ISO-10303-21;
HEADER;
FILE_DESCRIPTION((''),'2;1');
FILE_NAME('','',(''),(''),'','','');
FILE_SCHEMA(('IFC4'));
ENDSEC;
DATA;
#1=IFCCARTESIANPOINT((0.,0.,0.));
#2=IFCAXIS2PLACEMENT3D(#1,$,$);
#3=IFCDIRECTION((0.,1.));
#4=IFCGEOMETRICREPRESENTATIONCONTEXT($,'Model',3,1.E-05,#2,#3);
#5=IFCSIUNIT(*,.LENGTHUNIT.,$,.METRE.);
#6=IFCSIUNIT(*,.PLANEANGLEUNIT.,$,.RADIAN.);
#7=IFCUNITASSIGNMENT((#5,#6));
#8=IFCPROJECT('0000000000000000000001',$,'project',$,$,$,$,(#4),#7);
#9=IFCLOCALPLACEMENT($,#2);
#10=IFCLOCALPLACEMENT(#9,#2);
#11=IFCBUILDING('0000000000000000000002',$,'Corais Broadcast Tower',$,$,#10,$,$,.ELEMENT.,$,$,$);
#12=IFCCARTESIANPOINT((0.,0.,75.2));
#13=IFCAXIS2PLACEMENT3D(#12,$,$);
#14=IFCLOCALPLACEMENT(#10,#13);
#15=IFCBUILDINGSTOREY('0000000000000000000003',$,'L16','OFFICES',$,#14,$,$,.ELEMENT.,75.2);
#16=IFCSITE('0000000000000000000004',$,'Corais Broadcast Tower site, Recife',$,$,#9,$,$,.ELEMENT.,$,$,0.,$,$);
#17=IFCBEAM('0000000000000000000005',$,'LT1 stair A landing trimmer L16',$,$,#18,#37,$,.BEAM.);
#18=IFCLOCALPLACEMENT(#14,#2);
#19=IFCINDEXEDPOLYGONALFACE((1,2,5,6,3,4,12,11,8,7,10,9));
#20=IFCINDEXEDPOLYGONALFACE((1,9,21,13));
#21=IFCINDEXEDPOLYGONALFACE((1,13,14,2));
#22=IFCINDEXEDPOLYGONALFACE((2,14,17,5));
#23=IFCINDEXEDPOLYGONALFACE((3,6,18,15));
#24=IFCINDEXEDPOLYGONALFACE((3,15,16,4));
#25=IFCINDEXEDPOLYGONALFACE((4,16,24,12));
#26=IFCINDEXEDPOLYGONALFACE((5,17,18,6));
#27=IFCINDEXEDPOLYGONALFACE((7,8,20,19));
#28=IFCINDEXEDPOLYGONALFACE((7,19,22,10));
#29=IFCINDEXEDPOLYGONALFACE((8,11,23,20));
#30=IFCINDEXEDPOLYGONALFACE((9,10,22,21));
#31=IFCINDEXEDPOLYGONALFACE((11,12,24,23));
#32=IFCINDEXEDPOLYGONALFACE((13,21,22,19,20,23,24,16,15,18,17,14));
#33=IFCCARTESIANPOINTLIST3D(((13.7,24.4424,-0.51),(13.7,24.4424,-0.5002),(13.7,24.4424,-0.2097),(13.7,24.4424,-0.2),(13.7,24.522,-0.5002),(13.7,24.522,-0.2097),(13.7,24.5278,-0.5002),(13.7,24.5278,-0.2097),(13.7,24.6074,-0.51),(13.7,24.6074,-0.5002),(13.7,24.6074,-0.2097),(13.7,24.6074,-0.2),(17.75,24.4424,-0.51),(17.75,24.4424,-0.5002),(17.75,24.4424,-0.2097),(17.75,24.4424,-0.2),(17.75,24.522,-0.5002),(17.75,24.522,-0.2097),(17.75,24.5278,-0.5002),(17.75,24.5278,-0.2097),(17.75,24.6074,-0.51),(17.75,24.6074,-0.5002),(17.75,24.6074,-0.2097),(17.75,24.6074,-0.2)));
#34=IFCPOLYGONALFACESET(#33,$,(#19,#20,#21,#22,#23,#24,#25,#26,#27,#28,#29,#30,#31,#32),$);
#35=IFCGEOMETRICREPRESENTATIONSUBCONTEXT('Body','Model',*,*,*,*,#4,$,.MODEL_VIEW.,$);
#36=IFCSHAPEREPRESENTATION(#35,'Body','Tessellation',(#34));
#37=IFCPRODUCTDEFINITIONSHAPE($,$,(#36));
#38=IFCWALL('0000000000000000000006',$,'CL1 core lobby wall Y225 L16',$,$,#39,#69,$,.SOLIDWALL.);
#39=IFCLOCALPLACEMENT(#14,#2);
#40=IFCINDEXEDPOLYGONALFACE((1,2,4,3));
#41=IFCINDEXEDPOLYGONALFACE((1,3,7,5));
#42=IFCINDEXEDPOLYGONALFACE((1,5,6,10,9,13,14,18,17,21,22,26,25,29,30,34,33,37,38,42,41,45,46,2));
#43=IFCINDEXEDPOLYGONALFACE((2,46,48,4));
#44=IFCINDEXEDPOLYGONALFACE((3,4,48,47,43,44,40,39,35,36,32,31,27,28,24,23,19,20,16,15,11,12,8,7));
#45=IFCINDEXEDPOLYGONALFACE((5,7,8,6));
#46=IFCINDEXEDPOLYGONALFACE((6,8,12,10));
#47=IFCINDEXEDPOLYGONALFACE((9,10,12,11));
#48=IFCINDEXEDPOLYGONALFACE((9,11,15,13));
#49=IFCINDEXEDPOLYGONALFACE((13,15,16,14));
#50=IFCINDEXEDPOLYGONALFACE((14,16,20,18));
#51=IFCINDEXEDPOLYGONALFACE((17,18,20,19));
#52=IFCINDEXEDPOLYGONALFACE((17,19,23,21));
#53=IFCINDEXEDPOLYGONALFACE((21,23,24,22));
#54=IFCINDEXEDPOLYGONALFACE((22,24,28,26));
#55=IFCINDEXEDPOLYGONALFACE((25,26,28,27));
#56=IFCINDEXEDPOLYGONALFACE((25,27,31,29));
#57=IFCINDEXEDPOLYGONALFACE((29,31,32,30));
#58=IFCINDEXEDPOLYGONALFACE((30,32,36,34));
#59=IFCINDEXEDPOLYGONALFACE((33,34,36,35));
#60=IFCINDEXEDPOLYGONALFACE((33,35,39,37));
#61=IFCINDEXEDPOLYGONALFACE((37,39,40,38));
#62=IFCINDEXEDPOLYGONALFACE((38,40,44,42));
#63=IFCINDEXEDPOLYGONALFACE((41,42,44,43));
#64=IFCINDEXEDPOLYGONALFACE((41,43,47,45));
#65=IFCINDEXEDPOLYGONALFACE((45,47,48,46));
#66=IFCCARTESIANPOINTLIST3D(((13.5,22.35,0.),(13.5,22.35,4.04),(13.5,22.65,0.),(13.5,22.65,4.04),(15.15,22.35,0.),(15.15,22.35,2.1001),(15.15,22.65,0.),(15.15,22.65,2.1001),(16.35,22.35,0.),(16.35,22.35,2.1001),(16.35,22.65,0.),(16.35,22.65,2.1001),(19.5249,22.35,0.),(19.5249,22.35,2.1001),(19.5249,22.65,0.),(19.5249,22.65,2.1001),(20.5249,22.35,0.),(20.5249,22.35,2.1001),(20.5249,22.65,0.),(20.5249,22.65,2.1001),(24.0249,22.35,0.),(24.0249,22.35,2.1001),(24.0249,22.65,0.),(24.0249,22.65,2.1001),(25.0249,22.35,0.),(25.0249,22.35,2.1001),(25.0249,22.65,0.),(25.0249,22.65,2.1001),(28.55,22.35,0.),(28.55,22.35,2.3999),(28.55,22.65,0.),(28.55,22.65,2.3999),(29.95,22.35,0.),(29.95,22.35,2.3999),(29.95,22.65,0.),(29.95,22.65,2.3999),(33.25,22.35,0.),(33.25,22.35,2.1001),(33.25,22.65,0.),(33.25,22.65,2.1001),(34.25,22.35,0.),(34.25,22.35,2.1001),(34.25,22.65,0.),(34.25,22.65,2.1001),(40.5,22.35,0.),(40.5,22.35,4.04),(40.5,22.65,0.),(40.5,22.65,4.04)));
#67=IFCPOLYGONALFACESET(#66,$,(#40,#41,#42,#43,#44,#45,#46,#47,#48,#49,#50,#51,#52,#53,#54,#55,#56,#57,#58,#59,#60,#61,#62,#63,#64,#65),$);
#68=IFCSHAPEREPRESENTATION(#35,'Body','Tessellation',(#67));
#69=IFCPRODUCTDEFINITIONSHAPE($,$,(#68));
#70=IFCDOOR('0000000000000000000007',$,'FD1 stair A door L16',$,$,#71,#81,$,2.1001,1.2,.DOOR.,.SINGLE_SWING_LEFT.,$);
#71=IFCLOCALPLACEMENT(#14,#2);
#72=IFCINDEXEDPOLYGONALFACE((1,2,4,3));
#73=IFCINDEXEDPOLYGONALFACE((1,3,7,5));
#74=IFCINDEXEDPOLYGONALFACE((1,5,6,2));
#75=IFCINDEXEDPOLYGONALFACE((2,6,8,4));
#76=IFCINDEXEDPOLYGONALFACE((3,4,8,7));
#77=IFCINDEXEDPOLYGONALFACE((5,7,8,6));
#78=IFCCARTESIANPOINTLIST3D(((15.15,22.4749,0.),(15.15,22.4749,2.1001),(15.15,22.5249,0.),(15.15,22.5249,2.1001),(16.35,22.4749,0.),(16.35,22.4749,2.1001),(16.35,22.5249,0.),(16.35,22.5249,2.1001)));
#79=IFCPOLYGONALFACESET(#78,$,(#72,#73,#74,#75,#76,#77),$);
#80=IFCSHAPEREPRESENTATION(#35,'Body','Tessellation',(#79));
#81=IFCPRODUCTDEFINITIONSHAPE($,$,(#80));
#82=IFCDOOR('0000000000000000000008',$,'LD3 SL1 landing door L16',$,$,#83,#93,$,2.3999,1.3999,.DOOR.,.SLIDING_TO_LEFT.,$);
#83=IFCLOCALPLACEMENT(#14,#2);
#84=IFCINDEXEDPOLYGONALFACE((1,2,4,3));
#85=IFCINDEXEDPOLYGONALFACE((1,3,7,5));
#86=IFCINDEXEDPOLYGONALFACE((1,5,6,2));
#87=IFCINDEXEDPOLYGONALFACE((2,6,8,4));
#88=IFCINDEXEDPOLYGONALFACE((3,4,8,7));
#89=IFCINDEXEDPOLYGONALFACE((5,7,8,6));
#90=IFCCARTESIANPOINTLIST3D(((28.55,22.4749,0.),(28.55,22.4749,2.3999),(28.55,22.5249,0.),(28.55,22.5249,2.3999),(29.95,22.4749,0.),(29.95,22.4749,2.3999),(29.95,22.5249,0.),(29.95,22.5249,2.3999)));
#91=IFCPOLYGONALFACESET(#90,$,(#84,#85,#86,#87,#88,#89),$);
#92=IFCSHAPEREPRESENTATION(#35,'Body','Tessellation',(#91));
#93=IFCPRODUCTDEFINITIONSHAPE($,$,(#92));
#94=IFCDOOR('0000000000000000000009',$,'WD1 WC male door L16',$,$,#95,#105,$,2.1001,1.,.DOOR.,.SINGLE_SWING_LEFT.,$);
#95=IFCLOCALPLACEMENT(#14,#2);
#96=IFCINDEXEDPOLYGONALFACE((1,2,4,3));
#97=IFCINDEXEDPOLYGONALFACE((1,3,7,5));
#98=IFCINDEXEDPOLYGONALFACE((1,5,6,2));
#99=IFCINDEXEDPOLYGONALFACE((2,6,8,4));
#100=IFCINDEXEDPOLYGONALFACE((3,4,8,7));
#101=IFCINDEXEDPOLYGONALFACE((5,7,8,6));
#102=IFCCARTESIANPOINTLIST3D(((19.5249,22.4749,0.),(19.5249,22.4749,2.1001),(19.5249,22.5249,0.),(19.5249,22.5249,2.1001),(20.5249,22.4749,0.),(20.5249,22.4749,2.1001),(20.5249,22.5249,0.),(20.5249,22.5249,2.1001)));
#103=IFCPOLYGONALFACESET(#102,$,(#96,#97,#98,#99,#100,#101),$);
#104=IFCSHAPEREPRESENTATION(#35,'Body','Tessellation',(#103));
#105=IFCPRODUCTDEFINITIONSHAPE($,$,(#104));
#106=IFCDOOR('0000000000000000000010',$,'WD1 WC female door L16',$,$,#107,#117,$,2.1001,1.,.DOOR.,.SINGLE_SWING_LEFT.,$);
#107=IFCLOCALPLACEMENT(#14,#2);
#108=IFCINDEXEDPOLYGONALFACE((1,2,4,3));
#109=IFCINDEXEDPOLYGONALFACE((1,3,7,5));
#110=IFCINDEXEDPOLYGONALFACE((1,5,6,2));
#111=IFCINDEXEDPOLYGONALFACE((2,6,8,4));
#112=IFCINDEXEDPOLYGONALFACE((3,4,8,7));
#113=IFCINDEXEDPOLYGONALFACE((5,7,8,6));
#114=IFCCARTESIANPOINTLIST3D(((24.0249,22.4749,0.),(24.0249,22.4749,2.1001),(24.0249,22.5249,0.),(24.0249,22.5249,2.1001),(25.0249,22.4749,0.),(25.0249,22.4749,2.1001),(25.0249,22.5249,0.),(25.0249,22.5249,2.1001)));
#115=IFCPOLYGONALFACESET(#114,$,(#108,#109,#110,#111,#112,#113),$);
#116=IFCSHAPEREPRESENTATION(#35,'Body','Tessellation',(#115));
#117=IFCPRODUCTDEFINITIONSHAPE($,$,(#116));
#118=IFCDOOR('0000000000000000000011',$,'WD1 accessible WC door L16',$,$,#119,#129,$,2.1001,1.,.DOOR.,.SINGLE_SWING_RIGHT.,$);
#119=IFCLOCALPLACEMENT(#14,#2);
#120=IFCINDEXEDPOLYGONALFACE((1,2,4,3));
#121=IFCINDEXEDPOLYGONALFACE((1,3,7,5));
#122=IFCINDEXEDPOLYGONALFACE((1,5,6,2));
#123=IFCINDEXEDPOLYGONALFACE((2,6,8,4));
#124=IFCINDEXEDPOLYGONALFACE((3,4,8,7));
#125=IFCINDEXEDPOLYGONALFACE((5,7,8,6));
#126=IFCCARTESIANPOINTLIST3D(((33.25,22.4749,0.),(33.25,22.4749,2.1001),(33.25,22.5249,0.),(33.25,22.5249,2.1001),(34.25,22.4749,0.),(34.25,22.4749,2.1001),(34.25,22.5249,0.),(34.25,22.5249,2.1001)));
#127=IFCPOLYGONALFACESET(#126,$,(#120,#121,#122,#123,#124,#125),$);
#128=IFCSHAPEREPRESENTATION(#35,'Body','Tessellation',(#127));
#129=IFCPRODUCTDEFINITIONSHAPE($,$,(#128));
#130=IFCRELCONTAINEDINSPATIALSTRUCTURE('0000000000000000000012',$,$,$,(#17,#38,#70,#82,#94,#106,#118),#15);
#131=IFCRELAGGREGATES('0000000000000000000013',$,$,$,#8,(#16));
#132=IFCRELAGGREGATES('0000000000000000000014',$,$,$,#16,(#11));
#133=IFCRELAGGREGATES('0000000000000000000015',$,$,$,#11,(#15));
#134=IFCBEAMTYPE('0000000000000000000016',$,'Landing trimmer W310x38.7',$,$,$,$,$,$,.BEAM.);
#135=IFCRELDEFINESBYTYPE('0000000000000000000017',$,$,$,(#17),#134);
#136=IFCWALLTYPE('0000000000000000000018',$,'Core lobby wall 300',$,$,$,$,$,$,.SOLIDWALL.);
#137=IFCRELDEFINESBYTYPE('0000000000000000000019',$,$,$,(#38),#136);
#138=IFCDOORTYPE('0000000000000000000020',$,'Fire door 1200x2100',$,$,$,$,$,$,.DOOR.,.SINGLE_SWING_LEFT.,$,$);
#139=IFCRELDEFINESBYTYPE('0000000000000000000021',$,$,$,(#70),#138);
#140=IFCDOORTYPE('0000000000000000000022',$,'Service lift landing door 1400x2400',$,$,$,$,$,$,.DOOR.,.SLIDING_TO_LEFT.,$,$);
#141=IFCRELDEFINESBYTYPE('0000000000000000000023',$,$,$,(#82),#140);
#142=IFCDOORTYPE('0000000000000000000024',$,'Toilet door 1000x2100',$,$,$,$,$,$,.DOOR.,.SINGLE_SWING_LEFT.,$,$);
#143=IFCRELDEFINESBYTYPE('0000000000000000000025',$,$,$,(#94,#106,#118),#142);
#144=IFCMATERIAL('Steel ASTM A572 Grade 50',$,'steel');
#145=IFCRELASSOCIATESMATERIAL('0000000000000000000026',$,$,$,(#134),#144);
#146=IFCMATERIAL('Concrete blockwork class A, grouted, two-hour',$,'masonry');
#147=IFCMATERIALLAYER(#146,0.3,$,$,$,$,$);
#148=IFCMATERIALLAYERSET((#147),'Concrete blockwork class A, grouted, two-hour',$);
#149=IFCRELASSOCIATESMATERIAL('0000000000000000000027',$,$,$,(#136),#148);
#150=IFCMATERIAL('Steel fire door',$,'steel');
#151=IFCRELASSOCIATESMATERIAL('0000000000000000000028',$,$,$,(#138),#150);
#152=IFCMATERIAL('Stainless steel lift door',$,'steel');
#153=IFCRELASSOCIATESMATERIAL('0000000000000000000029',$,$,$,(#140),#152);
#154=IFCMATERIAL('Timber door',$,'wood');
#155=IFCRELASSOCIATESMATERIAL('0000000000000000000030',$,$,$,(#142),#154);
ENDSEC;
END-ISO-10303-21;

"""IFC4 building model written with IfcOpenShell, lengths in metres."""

from ifc_helpers import new_model, si_unit, direction, frame, frame_2d, origin, origin_2d, place, context, subcontext, project, spatial, rectangle, i_section, extrude, material, layer, layer_set, material_profile, profile_set, type_object, element, fill, save


model = new_model("IFC4")

# Units and contexts
model_context = context("Model", 3, precision=1e-05, world=origin(), true_north=direction((0.0, 1.0)))
body_context = subcontext(model_context, "Body", "Model", "MODEL_VIEW")
ifc_project = project(units=[si_unit("LENGTHUNIT", "METRE"), si_unit("PLANEANGLEUNIT", "RADIAN")], contexts=[model_context])

# Site, building, storey
site_placement = place(None, origin())
site = spatial("IfcSite", under=ifc_project, at=site_placement, Name="Corais Broadcast Tower site, Recife", CompositionType="ELEMENT", RefElevation=0.0)
building_placement = place(site_placement, origin())
building = spatial("IfcBuilding", under=site, at=building_placement, Name="Corais Broadcast Tower", CompositionType="ELEMENT")
storey_placement = place(building_placement, frame((0.0, 0.0, 75.2)))
storey = spatial("IfcBuildingStorey", under=building, at=storey_placement, Name="L16", Description="OFFICES", CompositionType="ELEMENT", Elevation=75.2)

# Beam
ifc_material_1 = material(Name="Steel ASTM A572 Grade 50", Category="steel")
ifc_material_profile = material_profile(ifc_material_1, i_section(OverallWidth=0.165, OverallDepth=0.3101, WebThickness=0.0059, FlangeThickness=0.0098, at=origin_2d()), Name="W310x38.7")
ifc_profile_set = profile_set([ifc_material_profile], Name="Steel ASTM A572 Grade 50")
beam_type = type_object("IfcBeamType", Name="Landing trimmer W310x38.7", PredefinedType="BEAM", material=ifc_profile_set)
beam_placement = place(storey_placement, frame((13.7, 24.5249, -0.355), z_axis=(1.0, 0.0, 0.0), x_axis=(0.0, 1.0, 0.0)))
element("IfcBeam", 1, at=beam_placement, inside=storey, type_object=beam_type, Name="LT1 stair A landing trimmer L16", PredefinedType="BEAM", context=body_context, shape_type="SweptSolid", body=[
    extrude(i_section(OverallWidth=0.165, OverallDepth=0.3101, WebThickness=0.0059, FlangeThickness=0.0098, at=origin_2d()), origin(), (0.0, 0.0, 1.0), 4.05),
])

# Wall, openings, doors
ifc_material_2 = material(Name="Concrete blockwork class A, grouted, two-hour", Category="masonry")
ifc_layer_1 = layer(ifc_material_2, 0.3)
ifc_layer_set_1 = layer_set([ifc_layer_1], Name="Concrete blockwork class A, grouted, two-hour")
wall_type_1 = type_object("IfcWallType", Name="Core lobby wall 300", PredefinedType="SOLIDWALL", material=ifc_layer_set_1)
wall_1_placement = place(storey_placement, frame((13.5, 22.5, 0.0), z_axis=(0.0, 0.0, 1.0), x_axis=(1.0, 0.0, 0.0)))
wall_1 = element("IfcWall", 2, at=wall_1_placement, inside=storey, type_object=wall_type_1, Name="CL1 core lobby wall Y225 L16", PredefinedType="SOLIDWALL", context=body_context, shape_type="SweptSolid", body=[
    extrude(rectangle(XDim=27.0, YDim=0.3, at=frame_2d((13.5, 0.0))), origin(), (0.0, 0.0, 1.0), 4.04),
])
opening_1_placement = place(wall_1_placement, frame((1.6499, 0.0, 0.0)))
opening_1 = element("IfcOpeningElement", 3, at=opening_1_placement, cuts=wall_1, PredefinedType="OPENING", context=body_context, shape_type="SweptSolid", body=[
    extrude(rectangle(XDim=1.2, YDim=2.1001, at=frame_2d((0.6001, 1.05))), frame((0.0, 0.1599, 0.0), z_axis=(0.0, -1.0, 0.0), x_axis=(1.0, 0.0, 0.0)), (0.0, 0.0, 1.0), 0.3201),
])
opening_2_placement = place(wall_1_placement, frame((6.0249, 0.0, 0.0)))
opening_2 = element("IfcOpeningElement", 4, at=opening_2_placement, cuts=wall_1, PredefinedType="OPENING", context=body_context, shape_type="SweptSolid", body=[
    extrude(rectangle(XDim=1.0, YDim=2.1001, at=frame_2d((0.5, 1.05))), frame((0.0, 0.1599, 0.0), z_axis=(0.0, -1.0, 0.0), x_axis=(1.0, 0.0, 0.0)), (0.0, 0.0, 1.0), 0.3201),
])
opening_3_placement = place(wall_1_placement, frame((10.5249, 0.0, 0.0)))
opening_3 = element("IfcOpeningElement", 5, at=opening_3_placement, cuts=wall_1, PredefinedType="OPENING", context=body_context, shape_type="SweptSolid", body=[
    extrude(rectangle(XDim=1.0, YDim=2.1001, at=frame_2d((0.5, 1.05))), frame((0.0, 0.1599, 0.0), z_axis=(0.0, -1.0, 0.0), x_axis=(1.0, 0.0, 0.0)), (0.0, 0.0, 1.0), 0.3201),
])
opening_4_placement = place(wall_1_placement, frame((19.75, 0.0, 0.0)))
opening_4 = element("IfcOpeningElement", 6, at=opening_4_placement, cuts=wall_1, PredefinedType="OPENING", context=body_context, shape_type="SweptSolid", body=[
    extrude(rectangle(XDim=1.0, YDim=2.1001, at=frame_2d((0.5, 1.05))), frame((0.0, 0.1599, 0.0), z_axis=(0.0, -1.0, 0.0), x_axis=(1.0, 0.0, 0.0)), (0.0, 0.0, 1.0), 0.3201),
])
opening_5_placement = place(wall_1_placement, frame((15.05, 0.0, 0.0)))
opening_5 = element("IfcOpeningElement", 7, at=opening_5_placement, cuts=wall_1, PredefinedType="OPENING", context=body_context, shape_type="SweptSolid", body=[
    extrude(rectangle(XDim=1.3999, YDim=2.3999, at=frame_2d((0.7, 1.2))), frame((0.0, 0.1599, 0.0), z_axis=(0.0, -1.0, 0.0), x_axis=(1.0, 0.0, 0.0)), (0.0, 0.0, 1.0), 0.3201),
])
ifc_material_3 = material(Name="Steel fire door", Category="steel")
door_type_1 = type_object("IfcDoorType", Name="Fire door 1200x2100", OperationType="SINGLE_SWING_LEFT", PredefinedType="DOOR", material=ifc_material_3)
door_1_placement = place(opening_1_placement, origin())
door_1 = element("IfcDoor", 8, at=door_1_placement, inside=storey, type_object=door_type_1, Name="FD1 stair A door L16", OperationType="SINGLE_SWING_LEFT", OverallHeight=2.1001, OverallWidth=1.2, PredefinedType="DOOR", context=body_context, shape_type="SweptSolid", body=[
    extrude(rectangle(XDim=1.2, YDim=2.1001, at=frame_2d((0.6001, 1.05))), frame((0.0, 0.0249, 0.0), z_axis=(0.0, -1.0, 0.0), x_axis=(1.0, 0.0, 0.0)), (0.0, 0.0, 1.0), 0.05),
])
fill(opening_1, door_1)
ifc_material_4 = material(Name="Stainless steel lift door", Category="steel")
door_type_2 = type_object("IfcDoorType", Name="Service lift landing door 1400x2400", OperationType="SLIDING_TO_LEFT", PredefinedType="DOOR", material=ifc_material_4)
door_2_placement = place(opening_5_placement, origin())
door_2 = element("IfcDoor", 9, at=door_2_placement, inside=storey, type_object=door_type_2, Name="LD3 SL1 landing door L16", OperationType="SLIDING_TO_LEFT", OverallHeight=2.3999, OverallWidth=1.3999, PredefinedType="DOOR", context=body_context, shape_type="SweptSolid", body=[
    extrude(rectangle(XDim=1.3999, YDim=2.3999, at=frame_2d((0.7, 1.2))), frame((0.0, 0.0249, 0.0), z_axis=(0.0, -1.0, 0.0), x_axis=(1.0, 0.0, 0.0)), (0.0, 0.0, 1.0), 0.05),
])
fill(opening_5, door_2)
ifc_material_5 = material(Name="Timber door", Category="wood")
door_type_3 = type_object("IfcDoorType", Name="Toilet door 1000x2100", OperationType="SINGLE_SWING_LEFT", PredefinedType="DOOR", material=ifc_material_5)
door_3_placement = place(opening_2_placement, origin())
door_3 = element("IfcDoor", 10, at=door_3_placement, inside=storey, type_object=door_type_3, Name="WD1 WC male door L16", OperationType="SINGLE_SWING_LEFT", OverallHeight=2.1001, OverallWidth=1.0, PredefinedType="DOOR", context=body_context, shape_type="SweptSolid", body=[
    extrude(rectangle(XDim=1.0, YDim=2.1001, at=frame_2d((0.5, 1.05))), frame((0.0, 0.0249, 0.0), z_axis=(0.0, -1.0, 0.0), x_axis=(1.0, 0.0, 0.0)), (0.0, 0.0, 1.0), 0.05),
])
fill(opening_2, door_3)
door_4_placement = place(opening_3_placement, origin())
door_4 = element("IfcDoor", 11, at=door_4_placement, inside=storey, type_object=door_type_3, Name="WD1 WC female door L16", OperationType="SINGLE_SWING_LEFT", OverallHeight=2.1001, OverallWidth=1.0, PredefinedType="DOOR", context=body_context, shape_type="SweptSolid", body=[
    extrude(rectangle(XDim=1.0, YDim=2.1001, at=frame_2d((0.5, 1.05))), frame((0.0, 0.0249, 0.0), z_axis=(0.0, -1.0, 0.0), x_axis=(1.0, 0.0, 0.0)), (0.0, 0.0, 1.0), 0.05),
])
fill(opening_3, door_4)
door_5_placement = place(opening_4_placement, origin())
door_5 = element("IfcDoor", 12, at=door_5_placement, inside=storey, type_object=door_type_3, Name="WD1 accessible WC door L16", OperationType="SINGLE_SWING_RIGHT", OverallHeight=2.1001, OverallWidth=1.0, PredefinedType="DOOR", context=body_context, shape_type="SweptSolid", body=[
    extrude(rectangle(XDim=1.0, YDim=2.1001, at=frame_2d((0.5, 1.05))), frame((0.0, 0.0249, 0.0), z_axis=(0.0, -1.0, 0.0), x_axis=(1.0, 0.0, 0.0)), (0.0, 0.0, 1.0), 0.05),
])
fill(opening_4, door_5)

save(model, "model.ifc")
